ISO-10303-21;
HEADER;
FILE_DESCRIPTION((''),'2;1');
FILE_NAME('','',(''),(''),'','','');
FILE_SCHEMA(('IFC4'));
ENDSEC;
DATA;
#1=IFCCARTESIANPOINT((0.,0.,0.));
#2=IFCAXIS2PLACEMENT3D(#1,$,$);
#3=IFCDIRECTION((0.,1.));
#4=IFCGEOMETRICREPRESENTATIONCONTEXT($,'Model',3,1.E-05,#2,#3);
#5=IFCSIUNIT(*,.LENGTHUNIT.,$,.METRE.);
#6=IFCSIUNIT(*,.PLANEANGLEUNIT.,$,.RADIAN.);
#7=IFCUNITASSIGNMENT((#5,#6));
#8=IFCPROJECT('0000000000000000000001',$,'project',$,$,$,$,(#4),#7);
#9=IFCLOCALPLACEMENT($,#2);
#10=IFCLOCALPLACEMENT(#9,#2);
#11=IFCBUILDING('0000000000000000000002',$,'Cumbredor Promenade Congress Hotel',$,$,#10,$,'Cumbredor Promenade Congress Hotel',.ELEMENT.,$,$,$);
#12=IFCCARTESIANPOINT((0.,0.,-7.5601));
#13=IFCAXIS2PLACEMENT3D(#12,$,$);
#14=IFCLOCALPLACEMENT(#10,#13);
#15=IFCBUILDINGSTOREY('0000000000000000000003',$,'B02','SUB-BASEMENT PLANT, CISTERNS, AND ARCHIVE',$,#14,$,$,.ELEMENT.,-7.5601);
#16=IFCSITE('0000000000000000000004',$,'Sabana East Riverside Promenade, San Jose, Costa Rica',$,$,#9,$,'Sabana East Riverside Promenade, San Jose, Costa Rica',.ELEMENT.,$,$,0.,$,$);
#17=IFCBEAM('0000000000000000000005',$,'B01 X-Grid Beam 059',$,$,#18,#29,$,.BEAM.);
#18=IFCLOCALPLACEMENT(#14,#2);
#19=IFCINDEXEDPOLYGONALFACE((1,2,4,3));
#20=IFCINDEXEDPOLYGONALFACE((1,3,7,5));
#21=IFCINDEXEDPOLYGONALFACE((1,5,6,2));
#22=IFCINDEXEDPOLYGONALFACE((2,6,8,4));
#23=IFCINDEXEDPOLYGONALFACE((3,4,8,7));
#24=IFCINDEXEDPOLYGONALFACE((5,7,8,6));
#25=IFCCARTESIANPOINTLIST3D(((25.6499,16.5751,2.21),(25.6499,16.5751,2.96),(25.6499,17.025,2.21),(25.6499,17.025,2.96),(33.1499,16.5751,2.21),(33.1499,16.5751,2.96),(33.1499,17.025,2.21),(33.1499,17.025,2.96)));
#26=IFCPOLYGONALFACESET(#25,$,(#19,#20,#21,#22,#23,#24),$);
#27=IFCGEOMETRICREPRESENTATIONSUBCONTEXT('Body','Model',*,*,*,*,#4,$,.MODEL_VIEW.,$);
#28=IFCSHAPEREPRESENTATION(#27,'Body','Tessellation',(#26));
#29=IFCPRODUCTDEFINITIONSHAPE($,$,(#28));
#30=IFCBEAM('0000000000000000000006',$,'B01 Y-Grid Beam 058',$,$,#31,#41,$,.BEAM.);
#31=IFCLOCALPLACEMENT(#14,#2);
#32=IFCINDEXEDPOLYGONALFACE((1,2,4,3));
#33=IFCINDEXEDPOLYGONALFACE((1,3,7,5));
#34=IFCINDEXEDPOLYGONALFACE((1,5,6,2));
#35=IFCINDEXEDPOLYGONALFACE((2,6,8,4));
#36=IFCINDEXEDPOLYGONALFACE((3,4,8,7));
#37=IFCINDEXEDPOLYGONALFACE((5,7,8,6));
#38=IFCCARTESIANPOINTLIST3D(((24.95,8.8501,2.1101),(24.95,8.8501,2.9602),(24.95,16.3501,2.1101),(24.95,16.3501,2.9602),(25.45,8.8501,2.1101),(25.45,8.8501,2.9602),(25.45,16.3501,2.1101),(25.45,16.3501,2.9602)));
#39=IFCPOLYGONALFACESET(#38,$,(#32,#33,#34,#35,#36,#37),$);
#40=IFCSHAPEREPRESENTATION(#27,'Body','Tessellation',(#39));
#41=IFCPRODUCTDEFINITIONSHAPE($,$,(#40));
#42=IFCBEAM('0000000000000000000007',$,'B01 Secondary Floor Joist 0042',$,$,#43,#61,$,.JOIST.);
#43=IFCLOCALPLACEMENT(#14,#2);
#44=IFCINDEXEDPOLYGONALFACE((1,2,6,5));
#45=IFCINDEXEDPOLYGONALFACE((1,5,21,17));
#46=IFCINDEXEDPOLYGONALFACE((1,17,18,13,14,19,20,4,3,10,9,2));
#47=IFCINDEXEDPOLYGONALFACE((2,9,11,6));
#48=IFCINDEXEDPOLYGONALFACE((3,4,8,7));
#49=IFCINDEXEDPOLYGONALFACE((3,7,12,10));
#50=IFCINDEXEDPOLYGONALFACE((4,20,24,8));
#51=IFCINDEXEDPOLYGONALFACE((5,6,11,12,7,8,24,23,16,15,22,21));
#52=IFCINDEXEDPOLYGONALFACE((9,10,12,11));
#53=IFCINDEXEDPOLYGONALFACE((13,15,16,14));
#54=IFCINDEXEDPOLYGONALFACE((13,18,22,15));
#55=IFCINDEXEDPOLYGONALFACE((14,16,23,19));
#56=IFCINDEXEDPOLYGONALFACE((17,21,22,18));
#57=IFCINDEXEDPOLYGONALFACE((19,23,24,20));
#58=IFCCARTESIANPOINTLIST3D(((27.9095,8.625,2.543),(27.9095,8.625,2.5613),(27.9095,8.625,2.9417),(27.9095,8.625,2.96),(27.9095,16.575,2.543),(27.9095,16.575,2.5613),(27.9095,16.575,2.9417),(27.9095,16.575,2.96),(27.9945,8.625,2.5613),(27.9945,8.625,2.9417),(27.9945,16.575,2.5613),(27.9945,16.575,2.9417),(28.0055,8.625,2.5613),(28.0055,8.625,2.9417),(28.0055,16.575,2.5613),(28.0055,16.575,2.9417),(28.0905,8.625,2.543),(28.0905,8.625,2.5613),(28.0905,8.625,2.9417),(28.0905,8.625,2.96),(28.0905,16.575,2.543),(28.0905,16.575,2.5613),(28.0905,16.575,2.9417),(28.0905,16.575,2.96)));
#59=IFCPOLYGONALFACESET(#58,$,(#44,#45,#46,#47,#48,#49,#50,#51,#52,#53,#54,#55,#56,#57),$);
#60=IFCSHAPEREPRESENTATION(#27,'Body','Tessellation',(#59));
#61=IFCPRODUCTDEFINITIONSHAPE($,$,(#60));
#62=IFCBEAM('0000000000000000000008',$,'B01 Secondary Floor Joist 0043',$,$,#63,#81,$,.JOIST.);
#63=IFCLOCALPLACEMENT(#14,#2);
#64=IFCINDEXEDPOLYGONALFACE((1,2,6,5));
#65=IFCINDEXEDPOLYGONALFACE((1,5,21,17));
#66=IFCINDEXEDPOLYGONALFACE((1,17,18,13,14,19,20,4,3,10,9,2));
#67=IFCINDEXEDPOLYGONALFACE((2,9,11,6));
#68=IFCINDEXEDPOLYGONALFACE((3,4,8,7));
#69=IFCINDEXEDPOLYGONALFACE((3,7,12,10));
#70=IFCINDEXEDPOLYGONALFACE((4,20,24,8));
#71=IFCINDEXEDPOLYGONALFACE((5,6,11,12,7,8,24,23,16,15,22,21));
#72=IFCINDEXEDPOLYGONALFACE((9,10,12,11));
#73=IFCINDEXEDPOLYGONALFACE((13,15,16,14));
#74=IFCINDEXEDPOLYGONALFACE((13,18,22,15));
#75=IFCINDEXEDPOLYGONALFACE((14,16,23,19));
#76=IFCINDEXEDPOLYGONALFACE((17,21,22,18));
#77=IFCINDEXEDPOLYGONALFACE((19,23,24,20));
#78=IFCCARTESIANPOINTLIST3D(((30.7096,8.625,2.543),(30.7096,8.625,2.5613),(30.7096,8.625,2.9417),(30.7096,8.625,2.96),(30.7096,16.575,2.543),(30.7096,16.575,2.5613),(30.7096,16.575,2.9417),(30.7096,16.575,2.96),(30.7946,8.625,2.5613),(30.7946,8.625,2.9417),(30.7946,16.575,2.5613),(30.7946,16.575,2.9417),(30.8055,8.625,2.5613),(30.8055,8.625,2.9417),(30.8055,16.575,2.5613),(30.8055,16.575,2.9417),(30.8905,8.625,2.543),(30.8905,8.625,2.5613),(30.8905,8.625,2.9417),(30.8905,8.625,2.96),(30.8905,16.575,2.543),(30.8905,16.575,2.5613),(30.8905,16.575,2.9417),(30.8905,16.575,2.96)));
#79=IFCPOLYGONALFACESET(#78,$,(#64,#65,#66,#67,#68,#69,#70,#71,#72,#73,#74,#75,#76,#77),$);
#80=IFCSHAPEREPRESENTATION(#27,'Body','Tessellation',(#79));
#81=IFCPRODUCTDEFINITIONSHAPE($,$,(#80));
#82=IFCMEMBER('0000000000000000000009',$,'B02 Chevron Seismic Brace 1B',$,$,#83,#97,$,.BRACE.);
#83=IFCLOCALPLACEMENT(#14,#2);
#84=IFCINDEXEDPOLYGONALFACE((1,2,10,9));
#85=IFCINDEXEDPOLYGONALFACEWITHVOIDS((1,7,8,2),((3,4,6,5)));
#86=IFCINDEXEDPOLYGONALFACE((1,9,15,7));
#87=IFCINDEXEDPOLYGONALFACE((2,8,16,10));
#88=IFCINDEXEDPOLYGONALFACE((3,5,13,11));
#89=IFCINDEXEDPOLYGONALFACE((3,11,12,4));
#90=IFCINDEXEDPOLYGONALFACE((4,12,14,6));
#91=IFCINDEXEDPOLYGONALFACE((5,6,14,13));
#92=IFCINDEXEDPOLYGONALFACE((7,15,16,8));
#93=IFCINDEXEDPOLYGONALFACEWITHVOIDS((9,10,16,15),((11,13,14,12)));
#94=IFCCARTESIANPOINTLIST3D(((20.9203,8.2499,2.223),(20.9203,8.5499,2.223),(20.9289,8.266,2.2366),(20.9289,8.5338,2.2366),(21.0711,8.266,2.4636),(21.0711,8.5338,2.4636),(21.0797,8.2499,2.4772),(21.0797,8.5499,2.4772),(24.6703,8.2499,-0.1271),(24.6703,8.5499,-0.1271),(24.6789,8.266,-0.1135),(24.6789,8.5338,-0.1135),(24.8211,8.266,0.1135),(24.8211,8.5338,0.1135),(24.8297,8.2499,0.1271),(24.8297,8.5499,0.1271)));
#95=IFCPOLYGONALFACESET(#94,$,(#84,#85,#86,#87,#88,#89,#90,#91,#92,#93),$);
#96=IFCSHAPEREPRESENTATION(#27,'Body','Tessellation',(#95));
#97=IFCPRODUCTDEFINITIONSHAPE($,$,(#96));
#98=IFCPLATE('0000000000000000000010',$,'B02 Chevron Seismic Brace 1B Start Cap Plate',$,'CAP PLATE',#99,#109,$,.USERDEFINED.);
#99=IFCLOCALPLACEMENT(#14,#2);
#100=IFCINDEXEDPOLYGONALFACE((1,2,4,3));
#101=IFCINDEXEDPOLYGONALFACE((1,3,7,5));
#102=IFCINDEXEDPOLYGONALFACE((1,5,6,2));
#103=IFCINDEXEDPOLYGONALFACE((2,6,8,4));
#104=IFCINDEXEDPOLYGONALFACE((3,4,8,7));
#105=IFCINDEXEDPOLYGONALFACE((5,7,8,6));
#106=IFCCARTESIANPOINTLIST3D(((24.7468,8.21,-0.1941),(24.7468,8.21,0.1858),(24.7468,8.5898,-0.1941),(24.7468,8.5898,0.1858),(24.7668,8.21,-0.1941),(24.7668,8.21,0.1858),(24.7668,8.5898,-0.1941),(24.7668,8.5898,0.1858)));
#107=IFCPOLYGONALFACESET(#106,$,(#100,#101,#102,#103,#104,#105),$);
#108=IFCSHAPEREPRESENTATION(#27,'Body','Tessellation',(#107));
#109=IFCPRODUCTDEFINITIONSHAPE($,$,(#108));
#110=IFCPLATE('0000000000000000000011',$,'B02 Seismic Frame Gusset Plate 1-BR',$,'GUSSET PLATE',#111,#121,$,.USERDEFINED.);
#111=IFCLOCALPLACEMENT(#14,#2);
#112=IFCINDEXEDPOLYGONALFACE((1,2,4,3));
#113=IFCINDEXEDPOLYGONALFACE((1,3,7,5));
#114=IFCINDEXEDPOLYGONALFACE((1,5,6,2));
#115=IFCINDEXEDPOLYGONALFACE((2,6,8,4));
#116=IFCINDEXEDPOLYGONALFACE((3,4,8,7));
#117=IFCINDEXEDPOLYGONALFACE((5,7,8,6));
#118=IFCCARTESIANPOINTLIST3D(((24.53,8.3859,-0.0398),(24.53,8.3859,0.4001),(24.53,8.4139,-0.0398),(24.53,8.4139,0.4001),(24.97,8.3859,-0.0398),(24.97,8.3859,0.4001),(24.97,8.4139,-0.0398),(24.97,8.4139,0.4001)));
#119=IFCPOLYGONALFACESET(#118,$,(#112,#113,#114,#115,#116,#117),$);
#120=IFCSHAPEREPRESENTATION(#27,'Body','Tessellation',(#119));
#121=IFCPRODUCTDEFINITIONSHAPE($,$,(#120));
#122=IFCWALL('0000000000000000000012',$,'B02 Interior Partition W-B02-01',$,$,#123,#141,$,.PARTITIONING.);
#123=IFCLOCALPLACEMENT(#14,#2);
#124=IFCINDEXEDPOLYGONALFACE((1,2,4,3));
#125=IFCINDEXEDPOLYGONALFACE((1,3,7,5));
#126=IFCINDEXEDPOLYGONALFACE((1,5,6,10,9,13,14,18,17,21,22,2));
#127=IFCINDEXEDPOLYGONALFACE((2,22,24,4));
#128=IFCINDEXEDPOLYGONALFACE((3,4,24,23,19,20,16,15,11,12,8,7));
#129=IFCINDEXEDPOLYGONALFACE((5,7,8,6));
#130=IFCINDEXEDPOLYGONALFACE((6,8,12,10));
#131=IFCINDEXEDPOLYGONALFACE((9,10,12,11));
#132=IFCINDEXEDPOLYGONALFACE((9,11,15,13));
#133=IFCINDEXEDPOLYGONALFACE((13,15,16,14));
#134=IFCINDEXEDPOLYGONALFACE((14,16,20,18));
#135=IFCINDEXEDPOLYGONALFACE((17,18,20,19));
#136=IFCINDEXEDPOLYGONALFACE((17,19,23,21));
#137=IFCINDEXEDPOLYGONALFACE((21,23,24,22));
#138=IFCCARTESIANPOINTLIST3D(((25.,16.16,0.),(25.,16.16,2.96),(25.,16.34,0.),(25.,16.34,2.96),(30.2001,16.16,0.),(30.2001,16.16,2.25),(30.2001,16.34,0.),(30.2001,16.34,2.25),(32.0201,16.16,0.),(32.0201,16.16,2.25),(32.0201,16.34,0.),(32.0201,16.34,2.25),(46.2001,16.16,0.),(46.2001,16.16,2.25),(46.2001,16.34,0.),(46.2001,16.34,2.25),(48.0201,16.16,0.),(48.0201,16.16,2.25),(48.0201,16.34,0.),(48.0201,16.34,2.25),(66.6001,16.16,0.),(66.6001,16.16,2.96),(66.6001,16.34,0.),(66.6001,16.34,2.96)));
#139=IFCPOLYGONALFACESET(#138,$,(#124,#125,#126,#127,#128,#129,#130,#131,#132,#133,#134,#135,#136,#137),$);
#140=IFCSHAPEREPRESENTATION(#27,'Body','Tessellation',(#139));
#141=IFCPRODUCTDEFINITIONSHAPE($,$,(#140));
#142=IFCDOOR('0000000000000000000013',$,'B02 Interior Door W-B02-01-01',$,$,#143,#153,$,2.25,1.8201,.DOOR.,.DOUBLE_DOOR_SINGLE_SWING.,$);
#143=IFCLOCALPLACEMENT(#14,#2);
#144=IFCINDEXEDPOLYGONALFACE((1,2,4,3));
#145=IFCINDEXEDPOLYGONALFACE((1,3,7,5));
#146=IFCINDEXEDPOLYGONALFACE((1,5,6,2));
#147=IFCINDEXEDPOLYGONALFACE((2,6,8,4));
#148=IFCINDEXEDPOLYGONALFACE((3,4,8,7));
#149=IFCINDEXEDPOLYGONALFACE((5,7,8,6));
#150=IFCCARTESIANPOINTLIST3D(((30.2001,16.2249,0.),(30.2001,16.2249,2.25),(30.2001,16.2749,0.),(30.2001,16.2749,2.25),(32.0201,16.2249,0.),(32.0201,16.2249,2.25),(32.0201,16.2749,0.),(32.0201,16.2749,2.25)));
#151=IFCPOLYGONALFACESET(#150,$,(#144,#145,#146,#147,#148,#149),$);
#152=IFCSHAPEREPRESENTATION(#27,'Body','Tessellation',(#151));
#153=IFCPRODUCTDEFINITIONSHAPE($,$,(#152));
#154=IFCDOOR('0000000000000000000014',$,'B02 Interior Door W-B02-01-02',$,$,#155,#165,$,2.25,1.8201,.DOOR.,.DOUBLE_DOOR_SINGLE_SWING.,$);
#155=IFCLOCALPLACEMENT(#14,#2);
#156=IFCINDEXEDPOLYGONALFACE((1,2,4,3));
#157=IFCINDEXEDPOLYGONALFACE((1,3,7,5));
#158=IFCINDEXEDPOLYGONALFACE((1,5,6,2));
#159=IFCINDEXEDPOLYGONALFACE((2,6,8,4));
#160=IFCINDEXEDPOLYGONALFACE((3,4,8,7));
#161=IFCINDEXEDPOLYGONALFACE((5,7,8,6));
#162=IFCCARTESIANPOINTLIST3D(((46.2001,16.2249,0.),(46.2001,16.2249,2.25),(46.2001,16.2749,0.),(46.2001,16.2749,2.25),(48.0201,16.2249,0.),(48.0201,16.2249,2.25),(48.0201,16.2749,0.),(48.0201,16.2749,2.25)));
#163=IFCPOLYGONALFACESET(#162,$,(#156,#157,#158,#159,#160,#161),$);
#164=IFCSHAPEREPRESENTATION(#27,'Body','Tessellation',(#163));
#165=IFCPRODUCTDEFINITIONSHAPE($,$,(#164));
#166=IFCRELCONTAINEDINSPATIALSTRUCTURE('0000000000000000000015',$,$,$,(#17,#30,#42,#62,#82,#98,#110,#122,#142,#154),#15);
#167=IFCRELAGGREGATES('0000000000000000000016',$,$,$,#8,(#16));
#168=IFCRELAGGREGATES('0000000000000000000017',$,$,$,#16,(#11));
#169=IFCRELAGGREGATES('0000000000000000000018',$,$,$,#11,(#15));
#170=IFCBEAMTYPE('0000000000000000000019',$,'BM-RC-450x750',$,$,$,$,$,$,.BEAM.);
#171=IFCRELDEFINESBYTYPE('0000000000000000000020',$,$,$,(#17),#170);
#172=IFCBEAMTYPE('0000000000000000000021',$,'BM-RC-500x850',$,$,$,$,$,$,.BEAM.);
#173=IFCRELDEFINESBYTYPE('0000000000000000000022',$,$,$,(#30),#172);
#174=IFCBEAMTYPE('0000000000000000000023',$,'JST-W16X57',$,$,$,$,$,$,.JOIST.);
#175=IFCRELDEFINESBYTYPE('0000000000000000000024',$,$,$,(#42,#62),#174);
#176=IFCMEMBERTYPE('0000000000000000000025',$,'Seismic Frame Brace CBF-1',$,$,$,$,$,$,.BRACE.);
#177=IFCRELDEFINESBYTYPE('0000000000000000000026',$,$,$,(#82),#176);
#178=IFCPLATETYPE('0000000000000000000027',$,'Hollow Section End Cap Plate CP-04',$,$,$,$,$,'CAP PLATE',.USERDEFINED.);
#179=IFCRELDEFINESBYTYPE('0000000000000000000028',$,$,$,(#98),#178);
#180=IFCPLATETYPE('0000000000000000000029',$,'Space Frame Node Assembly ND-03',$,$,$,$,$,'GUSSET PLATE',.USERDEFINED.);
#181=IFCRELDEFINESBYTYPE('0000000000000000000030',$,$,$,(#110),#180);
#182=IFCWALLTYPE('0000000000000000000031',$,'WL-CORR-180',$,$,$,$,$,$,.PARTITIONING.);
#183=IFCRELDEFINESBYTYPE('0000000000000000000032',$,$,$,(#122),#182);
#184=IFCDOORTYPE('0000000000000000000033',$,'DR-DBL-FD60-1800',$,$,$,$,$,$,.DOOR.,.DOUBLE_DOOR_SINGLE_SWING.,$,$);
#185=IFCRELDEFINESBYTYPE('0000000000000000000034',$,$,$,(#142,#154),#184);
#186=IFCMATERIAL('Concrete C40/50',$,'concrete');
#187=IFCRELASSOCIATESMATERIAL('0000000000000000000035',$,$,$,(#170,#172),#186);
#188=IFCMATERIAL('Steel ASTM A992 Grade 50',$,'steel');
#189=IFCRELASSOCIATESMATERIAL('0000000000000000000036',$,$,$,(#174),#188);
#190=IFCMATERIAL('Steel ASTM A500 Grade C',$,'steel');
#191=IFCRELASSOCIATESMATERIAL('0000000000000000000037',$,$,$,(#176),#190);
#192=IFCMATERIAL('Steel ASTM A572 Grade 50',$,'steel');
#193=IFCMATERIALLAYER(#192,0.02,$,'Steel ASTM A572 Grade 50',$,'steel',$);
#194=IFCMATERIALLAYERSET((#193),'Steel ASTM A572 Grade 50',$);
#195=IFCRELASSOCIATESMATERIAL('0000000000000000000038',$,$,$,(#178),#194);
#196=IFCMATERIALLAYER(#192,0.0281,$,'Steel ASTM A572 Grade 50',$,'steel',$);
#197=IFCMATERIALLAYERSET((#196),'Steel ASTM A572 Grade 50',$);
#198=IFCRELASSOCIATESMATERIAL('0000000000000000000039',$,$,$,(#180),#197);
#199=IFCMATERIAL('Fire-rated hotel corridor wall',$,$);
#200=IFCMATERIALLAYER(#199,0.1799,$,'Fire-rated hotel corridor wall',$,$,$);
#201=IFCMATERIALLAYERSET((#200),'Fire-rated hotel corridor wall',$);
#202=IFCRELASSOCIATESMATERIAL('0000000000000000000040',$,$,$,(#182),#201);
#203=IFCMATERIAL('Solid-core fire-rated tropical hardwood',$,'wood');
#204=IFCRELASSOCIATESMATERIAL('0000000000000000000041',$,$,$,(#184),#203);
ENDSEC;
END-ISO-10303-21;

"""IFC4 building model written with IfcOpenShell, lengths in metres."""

from ifc_helpers import new_model, si_unit, direction, frame, frame_2d, origin, origin_2d, place, context, subcontext, project, spatial, rectangle, hollow_rectangle, i_section, extrude, material, layer, layer_set, material_profile, profile_set, type_object, element, fill, save


model = new_model("IFC4")

# Units and contexts
model_context = context("Model", 3, precision=1e-05, world=origin(), true_north=direction((0.0, 1.0)))
body_context = subcontext(model_context, "Body", "Model", "MODEL_VIEW")
ifc_project = project(units=[si_unit("LENGTHUNIT", "METRE"), si_unit("PLANEANGLEUNIT", "RADIAN")], contexts=[model_context])

# Site, building, storey
site_placement = place(None, origin())
site = spatial("IfcSite", under=ifc_project, at=site_placement, Name="Sabana East Riverside Promenade, San Jose, Costa Rica", LongName="Sabana East Riverside Promenade, San Jose, Costa Rica", CompositionType="ELEMENT", RefElevation=0.0)
building_placement = place(site_placement, origin())
building = spatial("IfcBuilding", under=site, at=building_placement, Name="Cumbredor Promenade Congress Hotel", LongName="Cumbredor Promenade Congress Hotel", CompositionType="ELEMENT")
storey_placement = place(building_placement, frame((0.0, 0.0, -7.5601)))
storey = spatial("IfcBuildingStorey", under=building, at=storey_placement, Name="B02", Description="SUB-BASEMENT PLANT, CISTERNS, AND ARCHIVE", CompositionType="ELEMENT", Elevation=-7.5601)

# Shared definitions
ifc_material_1 = material(Name="Concrete C40/50", Category="concrete")

# Beams
ifc_material_profile_1 = material_profile(ifc_material_1, rectangle(XDim=0.45, YDim=0.75, at=origin_2d()), Name="RC BEAM 450x750")
ifc_profile_set_1 = profile_set([ifc_material_profile_1], Name="Concrete C40/50")
beam_type_1 = type_object("IfcBeamType", Name="BM-RC-450x750", PredefinedType="BEAM", material=ifc_profile_set_1)
for number, where, z_axis, x_axis, name in (
    (1, (25.6499, 16.8, 2.585), (1.0, 0.0, 0.0), (0.0, 1.0, 0.0), "B01 X-Grid Beam 059"),
):
    element("IfcBeam", number, at=place(storey_placement, frame(where, z_axis=z_axis, x_axis=x_axis)), inside=storey, type_object=beam_type_1, Name=name, PredefinedType="BEAM", context=body_context, shape_type="SweptSolid", body=[
        extrude(rectangle(XDim=0.45, YDim=0.75, at=origin_2d()), origin(), (0.0, 0.0, 1.0), 7.5),
    ])
ifc_material_profile_2 = material_profile(ifc_material_1, rectangle(XDim=0.5, YDim=0.8501, at=origin_2d()), Name="RC BEAM 500x850")
ifc_profile_set_2 = profile_set([ifc_material_profile_2], Name="Concrete C40/50")
beam_type_2 = type_object("IfcBeamType", Name="BM-RC-500x850", PredefinedType="BEAM", material=ifc_profile_set_2)
beam_1_placement = place(storey_placement, frame((25.2, 8.8501, 2.5352), z_axis=(0.0, 1.0, 0.0), x_axis=(-1.0, 0.0, 0.0)))
element("IfcBeam", 2, at=beam_1_placement, inside=storey, type_object=beam_type_2, Name="B01 Y-Grid Beam 058", PredefinedType="BEAM", context=body_context, shape_type="SweptSolid", body=[
    extrude(rectangle(XDim=0.5, YDim=0.8501, at=origin_2d()), origin(), (0.0, 0.0, 1.0), 7.5),
])
ifc_material_2 = material(Name="Steel ASTM A992 Grade 50", Category="steel")
ifc_material_profile_3 = material_profile(ifc_material_2, i_section(OverallWidth=0.1809, OverallDepth=0.417, WebThickness=0.011, FlangeThickness=0.0183, at=origin_2d()), Name="W16X57")
ifc_profile_set_3 = profile_set([ifc_material_profile_3], Name="Steel ASTM A992 Grade 50")
beam_type_3 = type_object("IfcBeamType", Name="JST-W16X57", PredefinedType="JOIST", material=ifc_profile_set_3)
for number, where, z_axis, x_axis, name in (
    (3, (28.0, 8.625, 2.7515), (0.0, 1.0, 0.0), (-1.0, 0.0, 0.0), "B01 Secondary Floor Joist 0042"),
    (4, (30.8, 8.625, 2.7515), (0.0, 1.0, 0.0), (-1.0, 0.0, 0.0), "B01 Secondary Floor Joist 0043"),
):
    element("IfcBeam", number, at=place(storey_placement, frame(where, z_axis=z_axis, x_axis=x_axis)), inside=storey, type_object=beam_type_3, Name=name, PredefinedType="JOIST", context=body_context, shape_type="SweptSolid", body=[
        extrude(i_section(OverallWidth=0.1809, OverallDepth=0.417, WebThickness=0.011, FlangeThickness=0.0183, at=origin_2d()), origin(), (0.0, 0.0, 1.0), 7.95),
    ])

# Member
ifc_material_3 = material(Name="Steel ASTM A500 Grade C", Category="steel")
ifc_material_profile_4 = material_profile(ifc_material_3, hollow_rectangle(XDim=0.3, YDim=0.3, WallThickness=0.0161, at=origin_2d()), Name="HSS 300x300x16")
ifc_profile_set_4 = profile_set([ifc_material_profile_4], Name="Steel ASTM A500 Grade C")
member_type = type_object("IfcMemberType", Name="Seismic Frame Brace CBF-1", PredefinedType="BRACE", material=ifc_profile_set_4)
member_placement = place(storey_placement, frame((24.75, 8.3999, 0.0), z_axis=(-0.847353, 0.0, 0.53103), x_axis=(0.0, -1.0, 0.0)))
element("IfcMember", 5, at=member_placement, inside=storey, type_object=member_type, Name="B02 Chevron Seismic Brace 1B", PredefinedType="BRACE", context=body_context, shape_type="SweptSolid", body=[
    extrude(hollow_rectangle(XDim=0.3, YDim=0.3, WallThickness=0.0161, at=origin_2d()), origin(), (0.0, 0.0, 1.0), 4.4255),
])

# Plates
ifc_material_4 = material(Name="Steel ASTM A572 Grade 50", Category="steel")
ifc_layer_1 = layer(ifc_material_4, 0.02, Name="Steel ASTM A572 Grade 50", Category="steel")
ifc_layer_set_1 = layer_set([ifc_layer_1], Name="Steel ASTM A572 Grade 50")
plate_type_1 = type_object("IfcPlateType", Name="Hollow Section End Cap Plate CP-04", ElementType="CAP PLATE", PredefinedType="USERDEFINED", material=ifc_layer_set_1)
plate_1_placement = place(storey_placement, frame((24.7568, 8.3999, -0.1941), z_axis=(0.0, 0.0, 1.0), x_axis=(-1.0, 0.0, 0.0)))
element("IfcPlate", 6, at=plate_1_placement, inside=storey, type_object=plate_type_1, Name="B02 Chevron Seismic Brace 1B Start Cap Plate", ObjectType="CAP PLATE", PredefinedType="USERDEFINED", context=body_context, shape_type="SweptSolid", body=[
    extrude(rectangle(XDim=0.02, YDim=0.3799, at=origin_2d()), origin(), (0.0, 0.0, 1.0), 0.3799),
])
ifc_layer_2 = layer(ifc_material_4, 0.0281, Name="Steel ASTM A572 Grade 50", Category="steel")
ifc_layer_set_2 = layer_set([ifc_layer_2], Name="Steel ASTM A572 Grade 50")
plate_type_2 = type_object("IfcPlateType", Name="Space Frame Node Assembly ND-03", ElementType="GUSSET PLATE", PredefinedType="USERDEFINED", material=ifc_layer_set_2)
plate_2_placement = place(storey_placement, frame((24.75, 8.3999, -0.0398), z_axis=(0.0, 0.0, 1.0), x_axis=(1.0, 0.0, 0.0)))
element("IfcPlate", 7, at=plate_2_placement, inside=storey, type_object=plate_type_2, Name="B02 Seismic Frame Gusset Plate 1-BR", ObjectType="GUSSET PLATE", PredefinedType="USERDEFINED", context=body_context, shape_type="SweptSolid", body=[
    extrude(rectangle(XDim=0.4399, YDim=0.0281, at=origin_2d()), origin(), (0.0, 0.0, 1.0), 0.4399),
])

# Wall, openings, doors
ifc_material_5 = material(Name="Fire-rated hotel corridor wall")
ifc_layer_3 = layer(ifc_material_5, 0.1799, Name="Fire-rated hotel corridor wall")
ifc_layer_set_3 = layer_set([ifc_layer_3], Name="Fire-rated hotel corridor wall")
wall_type_1 = type_object("IfcWallType", Name="WL-CORR-180", PredefinedType="PARTITIONING", material=ifc_layer_set_3)
wall_1_placement = place(storey_placement, frame((25.0, 16.25, 0.0), z_axis=(0.0, 0.0, 1.0), x_axis=(1.0, 0.0, 0.0)))
wall_1 = element("IfcWall", 8, at=wall_1_placement, inside=storey, type_object=wall_type_1, Name="B02 Interior Partition W-B02-01", PredefinedType="PARTITIONING", context=body_context, shape_type="SweptSolid", body=[
    extrude(rectangle(XDim=41.6001, YDim=0.1799, at=frame_2d((20.8, 0.0))), origin(), (0.0, 0.0, 1.0), 2.96),
])
opening_1_placement = place(wall_1_placement, frame((5.2, 0.0, 0.0)))
opening_1 = element("IfcOpeningElement", 9, at=opening_1_placement, cuts=wall_1, PredefinedType="OPENING", context=body_context, shape_type="SweptSolid", body=[
    extrude(rectangle(XDim=1.8201, YDim=2.25, at=frame_2d((0.9102, 1.125))), frame((0.0, 0.1001, 0.0), z_axis=(0.0, -1.0, 0.0), x_axis=(1.0, 0.0, 0.0)), (0.0, 0.0, 1.0), 0.2),
])
opening_2_placement = place(wall_1_placement, frame((21.2, 0.0, 0.0)))
opening_2 = element("IfcOpeningElement", 10, at=opening_2_placement, cuts=wall_1, PredefinedType="OPENING", context=body_context, shape_type="SweptSolid", body=[
    extrude(rectangle(XDim=1.8201, YDim=2.25, at=frame_2d((0.9102, 1.125))), frame((0.0, 0.1001, 0.0), z_axis=(0.0, -1.0, 0.0), x_axis=(1.0, 0.0, 0.0)), (0.0, 0.0, 1.0), 0.2),
])
ifc_material_6 = material(Name="Solid-core fire-rated tropical hardwood", Category="wood")
door_type = type_object("IfcDoorType", Name="DR-DBL-FD60-1800", OperationType="DOUBLE_DOOR_SINGLE_SWING", PredefinedType="DOOR", material=ifc_material_6)
door_1_placement = place(opening_1_placement, origin())
door_1 = element("IfcDoor", 11, at=door_1_placement, inside=storey, type_object=door_type, Name="B02 Interior Door W-B02-01-01", OperationType="DOUBLE_DOOR_SINGLE_SWING", OverallHeight=2.25, OverallWidth=1.8201, PredefinedType="DOOR", context=body_context, shape_type="SweptSolid", body=[
    extrude(rectangle(XDim=1.8201, YDim=2.25, at=frame_2d((0.9102, 1.125))), frame((0.0, 0.0249, 0.0), z_axis=(0.0, -1.0, 0.0), x_axis=(1.0, 0.0, 0.0)), (0.0, 0.0, 1.0), 0.05),
])
fill(opening_1, door_1)
door_2_placement = place(opening_2_placement, origin())
door_2 = element("IfcDoor", 12, at=door_2_placement, inside=storey, type_object=door_type, Name="B02 Interior Door W-B02-01-02", OperationType="DOUBLE_DOOR_SINGLE_SWING", OverallHeight=2.25, OverallWidth=1.8201, PredefinedType="DOOR", context=body_context, shape_type="SweptSolid", body=[
    extrude(rectangle(XDim=1.8201, YDim=2.25, at=frame_2d((0.9102, 1.125))), frame((0.0, 0.0249, 0.0), z_axis=(0.0, -1.0, 0.0), x_axis=(1.0, 0.0, 0.0)), (0.0, 0.0, 1.0), 0.05),
])
fill(opening_2, door_2)

save(model, "model.ifc")
